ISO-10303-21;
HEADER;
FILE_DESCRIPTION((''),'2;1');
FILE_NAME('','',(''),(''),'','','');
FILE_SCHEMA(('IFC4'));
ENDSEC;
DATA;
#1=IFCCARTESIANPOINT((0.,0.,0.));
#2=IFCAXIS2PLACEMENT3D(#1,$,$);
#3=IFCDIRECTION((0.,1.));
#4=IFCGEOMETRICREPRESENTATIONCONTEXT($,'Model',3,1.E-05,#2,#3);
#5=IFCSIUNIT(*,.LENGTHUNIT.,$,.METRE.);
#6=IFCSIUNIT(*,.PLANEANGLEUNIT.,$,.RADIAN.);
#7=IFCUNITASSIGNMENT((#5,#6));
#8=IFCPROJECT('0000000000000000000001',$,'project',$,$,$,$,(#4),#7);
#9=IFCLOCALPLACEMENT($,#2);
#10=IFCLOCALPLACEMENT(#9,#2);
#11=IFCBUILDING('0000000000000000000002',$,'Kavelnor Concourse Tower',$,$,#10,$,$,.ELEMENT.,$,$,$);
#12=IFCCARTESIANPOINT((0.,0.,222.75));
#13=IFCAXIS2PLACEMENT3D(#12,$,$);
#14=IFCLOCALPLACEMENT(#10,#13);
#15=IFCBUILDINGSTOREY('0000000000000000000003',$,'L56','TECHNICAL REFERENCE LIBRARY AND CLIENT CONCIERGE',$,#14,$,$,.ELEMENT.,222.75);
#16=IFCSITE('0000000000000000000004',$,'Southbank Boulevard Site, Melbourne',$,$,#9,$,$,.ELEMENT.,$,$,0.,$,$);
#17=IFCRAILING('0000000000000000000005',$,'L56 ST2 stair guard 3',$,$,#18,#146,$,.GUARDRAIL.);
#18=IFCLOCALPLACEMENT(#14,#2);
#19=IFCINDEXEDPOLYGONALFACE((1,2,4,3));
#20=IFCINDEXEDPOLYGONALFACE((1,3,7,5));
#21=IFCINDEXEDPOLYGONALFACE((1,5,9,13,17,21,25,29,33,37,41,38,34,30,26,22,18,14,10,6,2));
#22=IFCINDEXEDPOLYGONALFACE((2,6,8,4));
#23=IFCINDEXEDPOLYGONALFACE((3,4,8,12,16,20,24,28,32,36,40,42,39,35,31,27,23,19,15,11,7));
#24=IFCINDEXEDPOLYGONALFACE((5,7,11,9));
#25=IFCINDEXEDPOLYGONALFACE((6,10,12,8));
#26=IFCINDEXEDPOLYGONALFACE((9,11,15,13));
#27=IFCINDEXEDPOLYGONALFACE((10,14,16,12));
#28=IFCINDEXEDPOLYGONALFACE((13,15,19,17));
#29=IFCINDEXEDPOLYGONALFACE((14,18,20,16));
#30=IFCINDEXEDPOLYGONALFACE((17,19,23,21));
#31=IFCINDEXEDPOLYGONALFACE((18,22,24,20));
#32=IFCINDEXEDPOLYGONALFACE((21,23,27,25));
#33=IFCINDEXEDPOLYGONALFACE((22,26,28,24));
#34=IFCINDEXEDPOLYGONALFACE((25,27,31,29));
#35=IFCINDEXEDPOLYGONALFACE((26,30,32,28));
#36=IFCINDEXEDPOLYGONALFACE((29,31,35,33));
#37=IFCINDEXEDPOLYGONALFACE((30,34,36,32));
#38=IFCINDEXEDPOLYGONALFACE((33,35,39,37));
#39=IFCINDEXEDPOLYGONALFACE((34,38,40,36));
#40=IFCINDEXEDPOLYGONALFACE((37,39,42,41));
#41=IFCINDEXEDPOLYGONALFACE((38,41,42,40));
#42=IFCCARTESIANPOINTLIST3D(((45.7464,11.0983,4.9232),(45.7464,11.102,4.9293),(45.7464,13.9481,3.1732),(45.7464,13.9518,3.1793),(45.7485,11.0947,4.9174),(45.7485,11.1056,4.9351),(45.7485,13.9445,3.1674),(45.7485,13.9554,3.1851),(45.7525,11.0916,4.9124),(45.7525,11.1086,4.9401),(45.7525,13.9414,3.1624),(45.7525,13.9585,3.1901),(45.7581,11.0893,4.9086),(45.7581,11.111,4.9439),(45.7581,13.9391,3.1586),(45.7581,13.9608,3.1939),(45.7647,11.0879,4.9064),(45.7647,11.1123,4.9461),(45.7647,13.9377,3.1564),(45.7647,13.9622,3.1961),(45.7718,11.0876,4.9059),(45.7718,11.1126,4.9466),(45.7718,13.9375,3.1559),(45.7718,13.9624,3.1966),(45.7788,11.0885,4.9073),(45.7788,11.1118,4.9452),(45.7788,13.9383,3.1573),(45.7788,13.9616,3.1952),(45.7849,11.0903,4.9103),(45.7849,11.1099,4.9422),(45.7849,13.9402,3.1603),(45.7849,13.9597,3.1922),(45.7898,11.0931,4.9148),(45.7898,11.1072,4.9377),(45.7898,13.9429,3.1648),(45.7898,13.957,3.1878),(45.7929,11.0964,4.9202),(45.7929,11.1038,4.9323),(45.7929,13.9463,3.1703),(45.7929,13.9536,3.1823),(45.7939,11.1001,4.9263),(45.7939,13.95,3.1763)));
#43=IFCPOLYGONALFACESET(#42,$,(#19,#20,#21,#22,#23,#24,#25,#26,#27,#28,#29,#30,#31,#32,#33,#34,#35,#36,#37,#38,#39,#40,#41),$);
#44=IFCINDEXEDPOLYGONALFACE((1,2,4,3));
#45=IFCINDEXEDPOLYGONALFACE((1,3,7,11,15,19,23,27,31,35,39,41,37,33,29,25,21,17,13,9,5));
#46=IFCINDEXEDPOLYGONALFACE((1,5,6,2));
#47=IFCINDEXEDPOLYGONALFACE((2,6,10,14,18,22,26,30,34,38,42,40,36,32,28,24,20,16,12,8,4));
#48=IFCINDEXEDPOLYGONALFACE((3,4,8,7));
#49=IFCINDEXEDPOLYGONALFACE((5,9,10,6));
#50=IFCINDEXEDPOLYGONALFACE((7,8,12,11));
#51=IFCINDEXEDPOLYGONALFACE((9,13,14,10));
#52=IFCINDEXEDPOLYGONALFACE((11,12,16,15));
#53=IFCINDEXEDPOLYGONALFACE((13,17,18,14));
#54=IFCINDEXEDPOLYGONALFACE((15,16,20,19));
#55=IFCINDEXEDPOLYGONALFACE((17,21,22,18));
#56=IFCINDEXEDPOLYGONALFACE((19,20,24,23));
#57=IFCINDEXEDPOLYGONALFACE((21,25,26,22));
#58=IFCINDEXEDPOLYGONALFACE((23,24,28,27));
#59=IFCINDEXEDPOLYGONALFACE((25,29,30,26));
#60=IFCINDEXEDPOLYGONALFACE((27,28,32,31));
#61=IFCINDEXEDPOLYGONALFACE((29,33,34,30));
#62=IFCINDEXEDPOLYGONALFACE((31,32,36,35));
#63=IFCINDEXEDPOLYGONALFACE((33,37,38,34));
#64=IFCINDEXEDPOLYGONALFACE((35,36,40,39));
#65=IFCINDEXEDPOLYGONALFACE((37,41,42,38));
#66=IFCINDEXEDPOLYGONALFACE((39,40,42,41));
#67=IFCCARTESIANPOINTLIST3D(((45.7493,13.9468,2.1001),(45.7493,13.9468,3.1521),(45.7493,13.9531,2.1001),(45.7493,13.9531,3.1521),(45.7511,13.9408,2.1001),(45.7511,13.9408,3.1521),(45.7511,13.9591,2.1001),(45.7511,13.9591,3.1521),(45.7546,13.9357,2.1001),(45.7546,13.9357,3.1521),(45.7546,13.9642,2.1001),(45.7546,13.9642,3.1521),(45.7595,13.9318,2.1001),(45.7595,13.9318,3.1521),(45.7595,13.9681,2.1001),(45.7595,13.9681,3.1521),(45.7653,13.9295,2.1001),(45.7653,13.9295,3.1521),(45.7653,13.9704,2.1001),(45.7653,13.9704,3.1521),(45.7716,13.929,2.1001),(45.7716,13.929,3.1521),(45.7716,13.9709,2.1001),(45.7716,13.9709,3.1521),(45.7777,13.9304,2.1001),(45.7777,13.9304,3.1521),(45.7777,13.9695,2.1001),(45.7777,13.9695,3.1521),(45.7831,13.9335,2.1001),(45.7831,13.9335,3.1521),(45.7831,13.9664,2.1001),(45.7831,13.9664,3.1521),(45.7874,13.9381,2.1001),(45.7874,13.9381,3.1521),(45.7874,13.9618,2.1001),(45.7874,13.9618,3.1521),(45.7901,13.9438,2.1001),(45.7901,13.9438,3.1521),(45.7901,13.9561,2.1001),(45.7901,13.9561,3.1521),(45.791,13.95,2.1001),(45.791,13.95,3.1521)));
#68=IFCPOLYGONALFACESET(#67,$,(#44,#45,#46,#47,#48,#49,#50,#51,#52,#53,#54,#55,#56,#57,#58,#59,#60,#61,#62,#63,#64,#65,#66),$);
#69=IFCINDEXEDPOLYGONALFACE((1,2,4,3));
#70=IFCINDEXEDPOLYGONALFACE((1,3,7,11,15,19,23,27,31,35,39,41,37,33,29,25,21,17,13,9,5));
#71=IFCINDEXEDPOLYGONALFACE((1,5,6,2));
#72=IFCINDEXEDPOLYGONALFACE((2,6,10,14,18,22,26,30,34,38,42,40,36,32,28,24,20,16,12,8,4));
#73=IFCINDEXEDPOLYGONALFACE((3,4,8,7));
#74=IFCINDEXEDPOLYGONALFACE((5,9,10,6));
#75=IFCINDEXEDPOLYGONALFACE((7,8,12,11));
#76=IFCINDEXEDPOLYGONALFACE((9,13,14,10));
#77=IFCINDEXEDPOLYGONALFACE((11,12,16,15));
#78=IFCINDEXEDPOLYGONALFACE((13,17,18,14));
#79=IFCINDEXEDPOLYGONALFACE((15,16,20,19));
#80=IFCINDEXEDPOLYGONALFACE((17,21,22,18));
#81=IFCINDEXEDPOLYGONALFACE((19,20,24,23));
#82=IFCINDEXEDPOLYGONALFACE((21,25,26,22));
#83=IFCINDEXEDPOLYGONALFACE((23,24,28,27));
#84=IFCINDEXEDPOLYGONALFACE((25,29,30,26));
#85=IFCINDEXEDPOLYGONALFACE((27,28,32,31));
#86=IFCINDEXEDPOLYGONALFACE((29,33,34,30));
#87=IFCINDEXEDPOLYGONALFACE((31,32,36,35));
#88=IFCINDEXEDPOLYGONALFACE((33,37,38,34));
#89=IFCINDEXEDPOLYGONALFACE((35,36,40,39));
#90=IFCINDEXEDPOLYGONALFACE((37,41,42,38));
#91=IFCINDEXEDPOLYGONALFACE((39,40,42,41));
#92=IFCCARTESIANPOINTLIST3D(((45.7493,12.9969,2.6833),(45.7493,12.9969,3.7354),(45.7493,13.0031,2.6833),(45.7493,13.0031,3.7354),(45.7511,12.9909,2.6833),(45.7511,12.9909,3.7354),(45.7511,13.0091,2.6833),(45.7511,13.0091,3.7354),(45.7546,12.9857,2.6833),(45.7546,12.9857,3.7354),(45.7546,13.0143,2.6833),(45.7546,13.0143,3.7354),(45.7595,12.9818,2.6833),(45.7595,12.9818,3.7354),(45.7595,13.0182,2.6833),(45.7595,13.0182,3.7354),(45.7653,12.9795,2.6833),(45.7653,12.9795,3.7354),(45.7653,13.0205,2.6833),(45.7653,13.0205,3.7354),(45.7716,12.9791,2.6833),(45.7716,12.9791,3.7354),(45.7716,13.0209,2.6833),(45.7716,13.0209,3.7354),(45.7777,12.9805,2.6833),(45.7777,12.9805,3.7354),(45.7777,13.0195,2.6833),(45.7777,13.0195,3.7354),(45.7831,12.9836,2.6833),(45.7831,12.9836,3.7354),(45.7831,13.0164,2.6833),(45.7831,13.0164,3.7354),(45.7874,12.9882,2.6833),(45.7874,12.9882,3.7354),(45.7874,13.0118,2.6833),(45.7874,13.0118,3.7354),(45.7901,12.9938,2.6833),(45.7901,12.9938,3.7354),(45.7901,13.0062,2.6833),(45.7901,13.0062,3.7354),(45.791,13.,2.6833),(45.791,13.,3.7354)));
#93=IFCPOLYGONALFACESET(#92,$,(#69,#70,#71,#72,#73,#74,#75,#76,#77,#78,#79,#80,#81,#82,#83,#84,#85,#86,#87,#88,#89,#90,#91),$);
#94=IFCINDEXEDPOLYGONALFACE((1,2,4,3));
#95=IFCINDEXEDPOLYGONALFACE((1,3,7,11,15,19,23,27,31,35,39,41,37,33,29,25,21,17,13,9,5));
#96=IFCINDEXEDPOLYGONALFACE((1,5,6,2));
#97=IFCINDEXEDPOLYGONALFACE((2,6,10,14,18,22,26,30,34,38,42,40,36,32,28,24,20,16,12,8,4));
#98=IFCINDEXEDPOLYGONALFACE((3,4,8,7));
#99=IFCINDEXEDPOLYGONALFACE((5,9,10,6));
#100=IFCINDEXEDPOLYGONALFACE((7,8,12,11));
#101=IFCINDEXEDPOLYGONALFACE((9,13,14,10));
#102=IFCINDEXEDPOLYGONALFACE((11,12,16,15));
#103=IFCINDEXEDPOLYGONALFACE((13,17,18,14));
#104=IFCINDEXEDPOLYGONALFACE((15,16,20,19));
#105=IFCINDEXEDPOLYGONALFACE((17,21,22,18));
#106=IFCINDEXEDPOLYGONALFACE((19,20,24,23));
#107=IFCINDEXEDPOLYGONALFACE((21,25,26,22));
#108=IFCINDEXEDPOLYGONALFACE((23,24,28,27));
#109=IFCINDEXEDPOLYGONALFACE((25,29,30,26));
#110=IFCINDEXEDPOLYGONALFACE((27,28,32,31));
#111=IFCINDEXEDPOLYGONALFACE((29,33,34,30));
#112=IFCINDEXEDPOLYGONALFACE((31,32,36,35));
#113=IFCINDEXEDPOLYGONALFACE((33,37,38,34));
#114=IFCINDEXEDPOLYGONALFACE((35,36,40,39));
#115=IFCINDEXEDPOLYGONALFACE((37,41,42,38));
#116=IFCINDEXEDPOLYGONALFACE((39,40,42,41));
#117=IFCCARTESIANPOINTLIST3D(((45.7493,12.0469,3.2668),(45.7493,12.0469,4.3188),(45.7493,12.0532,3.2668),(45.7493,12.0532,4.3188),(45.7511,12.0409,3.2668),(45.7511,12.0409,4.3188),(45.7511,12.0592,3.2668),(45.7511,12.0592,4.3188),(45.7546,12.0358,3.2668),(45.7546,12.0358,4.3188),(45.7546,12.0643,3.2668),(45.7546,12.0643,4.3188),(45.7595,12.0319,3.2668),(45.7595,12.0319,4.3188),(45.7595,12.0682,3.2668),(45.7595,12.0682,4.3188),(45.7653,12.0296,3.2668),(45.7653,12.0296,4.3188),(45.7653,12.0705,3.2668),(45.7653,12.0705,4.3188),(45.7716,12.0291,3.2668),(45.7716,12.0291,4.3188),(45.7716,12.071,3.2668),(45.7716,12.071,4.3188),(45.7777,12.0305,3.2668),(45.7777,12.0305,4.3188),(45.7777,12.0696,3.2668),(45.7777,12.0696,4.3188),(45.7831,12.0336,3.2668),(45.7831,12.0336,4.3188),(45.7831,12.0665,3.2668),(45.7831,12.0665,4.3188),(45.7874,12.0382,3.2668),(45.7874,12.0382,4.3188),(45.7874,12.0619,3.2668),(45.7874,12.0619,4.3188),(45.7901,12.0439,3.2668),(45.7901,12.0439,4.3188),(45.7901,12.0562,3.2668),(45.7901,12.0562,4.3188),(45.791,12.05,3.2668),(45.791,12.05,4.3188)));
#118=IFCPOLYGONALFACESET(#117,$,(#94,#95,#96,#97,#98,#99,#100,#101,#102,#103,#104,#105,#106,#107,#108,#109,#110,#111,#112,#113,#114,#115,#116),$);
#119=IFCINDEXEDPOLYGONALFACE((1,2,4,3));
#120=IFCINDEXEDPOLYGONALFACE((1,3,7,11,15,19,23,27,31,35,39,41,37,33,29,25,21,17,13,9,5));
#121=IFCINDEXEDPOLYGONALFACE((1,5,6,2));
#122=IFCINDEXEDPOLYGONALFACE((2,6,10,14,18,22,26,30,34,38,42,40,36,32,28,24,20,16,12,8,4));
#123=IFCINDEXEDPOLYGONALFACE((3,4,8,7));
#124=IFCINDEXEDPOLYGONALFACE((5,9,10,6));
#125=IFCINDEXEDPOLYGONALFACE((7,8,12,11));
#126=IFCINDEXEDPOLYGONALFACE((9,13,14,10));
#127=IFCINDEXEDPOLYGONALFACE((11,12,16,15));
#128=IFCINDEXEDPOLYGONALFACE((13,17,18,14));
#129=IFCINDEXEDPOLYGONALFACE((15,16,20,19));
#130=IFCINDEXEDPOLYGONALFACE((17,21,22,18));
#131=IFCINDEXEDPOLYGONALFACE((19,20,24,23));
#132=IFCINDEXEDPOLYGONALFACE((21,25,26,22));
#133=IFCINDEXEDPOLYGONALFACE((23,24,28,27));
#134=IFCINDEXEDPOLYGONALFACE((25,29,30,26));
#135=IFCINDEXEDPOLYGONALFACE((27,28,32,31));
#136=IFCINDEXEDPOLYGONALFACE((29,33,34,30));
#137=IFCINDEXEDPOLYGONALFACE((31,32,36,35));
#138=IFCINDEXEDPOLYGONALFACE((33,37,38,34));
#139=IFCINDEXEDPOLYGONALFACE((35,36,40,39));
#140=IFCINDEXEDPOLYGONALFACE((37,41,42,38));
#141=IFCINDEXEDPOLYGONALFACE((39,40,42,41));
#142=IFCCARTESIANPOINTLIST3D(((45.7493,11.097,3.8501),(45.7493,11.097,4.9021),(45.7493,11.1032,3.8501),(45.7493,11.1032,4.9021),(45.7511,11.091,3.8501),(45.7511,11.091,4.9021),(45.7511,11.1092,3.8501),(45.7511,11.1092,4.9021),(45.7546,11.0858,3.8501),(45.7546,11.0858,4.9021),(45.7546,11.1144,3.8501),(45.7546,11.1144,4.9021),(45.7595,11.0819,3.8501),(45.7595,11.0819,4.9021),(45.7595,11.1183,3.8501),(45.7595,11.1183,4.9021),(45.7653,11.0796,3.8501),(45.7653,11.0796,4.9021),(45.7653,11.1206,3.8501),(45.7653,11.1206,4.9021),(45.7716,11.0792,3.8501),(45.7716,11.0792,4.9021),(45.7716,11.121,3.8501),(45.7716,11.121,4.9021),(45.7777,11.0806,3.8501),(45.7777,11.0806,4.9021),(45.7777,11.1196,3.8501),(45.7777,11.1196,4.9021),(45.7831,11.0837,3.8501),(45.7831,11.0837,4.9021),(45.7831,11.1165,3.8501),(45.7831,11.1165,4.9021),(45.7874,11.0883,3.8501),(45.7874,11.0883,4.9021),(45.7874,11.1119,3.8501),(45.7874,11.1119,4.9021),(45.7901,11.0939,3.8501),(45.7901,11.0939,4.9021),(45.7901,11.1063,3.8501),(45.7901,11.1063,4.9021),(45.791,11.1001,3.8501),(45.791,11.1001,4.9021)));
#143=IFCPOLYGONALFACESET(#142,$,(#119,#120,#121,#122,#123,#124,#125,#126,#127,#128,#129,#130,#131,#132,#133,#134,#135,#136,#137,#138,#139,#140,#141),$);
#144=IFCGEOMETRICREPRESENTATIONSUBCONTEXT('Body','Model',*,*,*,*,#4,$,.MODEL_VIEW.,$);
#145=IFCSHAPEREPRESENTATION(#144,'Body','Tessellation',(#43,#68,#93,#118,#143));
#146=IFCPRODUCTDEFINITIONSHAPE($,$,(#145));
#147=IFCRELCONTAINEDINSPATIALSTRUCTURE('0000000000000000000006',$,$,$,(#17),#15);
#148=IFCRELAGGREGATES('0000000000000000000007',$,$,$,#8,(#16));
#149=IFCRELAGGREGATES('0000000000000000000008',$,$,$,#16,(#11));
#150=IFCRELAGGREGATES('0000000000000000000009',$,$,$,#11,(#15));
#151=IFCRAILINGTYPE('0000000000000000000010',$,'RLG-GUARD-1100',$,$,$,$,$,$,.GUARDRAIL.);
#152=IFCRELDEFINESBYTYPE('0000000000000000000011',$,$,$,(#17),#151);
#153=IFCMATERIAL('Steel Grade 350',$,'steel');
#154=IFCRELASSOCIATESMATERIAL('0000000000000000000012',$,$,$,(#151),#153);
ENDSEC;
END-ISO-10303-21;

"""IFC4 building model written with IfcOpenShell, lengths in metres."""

from ifc_helpers import new_model, si_unit, direction, frame, origin, origin_2d, place, context, subcontext, project, spatial, circle, extrude, material, type_object, element, save


model = new_model("IFC4")

# Units and contexts
model_context = context("Model", 3, precision=1e-05, world=origin(), true_north=direction((0.0, 1.0)))
body_context = subcontext(model_context, "Body", "Model", "MODEL_VIEW")
ifc_project = project(units=[si_unit("LENGTHUNIT", "METRE"), si_unit("PLANEANGLEUNIT", "RADIAN")], contexts=[model_context])

# Site, building, storey
site_placement = place(None, origin())
site = spatial("IfcSite", under=ifc_project, at=site_placement, Name="Southbank Boulevard Site, Melbourne", CompositionType="ELEMENT", RefElevation=0.0)
building_placement = place(site_placement, origin())
building = spatial("IfcBuilding", under=site, at=building_placement, Name="Kavelnor Concourse Tower", CompositionType="ELEMENT")
storey_placement = place(building_placement, frame((0.0, 0.0, 222.75)))
storey = spatial("IfcBuildingStorey", under=building, at=storey_placement, Name="L56", Description="TECHNICAL REFERENCE LIBRARY AND CLIENT CONCIERGE", CompositionType="ELEMENT", Elevation=222.75)

# Shared definitions
ifc_material_1 = material(Name="Steel Grade 350", Category="steel")

# Railing
railing_type_1 = type_object("IfcRailingType", Name="RLG-GUARD-1100", PredefinedType="GUARDRAIL", material=ifc_material_1)
railing_1_placement = place(storey_placement, frame((45.77, 13.95, 2.1001)))
element("IfcRailing", 1, at=railing_1_placement, inside=storey, type_object=railing_type_1, Name="L56 ST2 stair guard 3", PredefinedType="GUARDRAIL", context=body_context, shape_type="SweptSolid", body=[
    extrude(circle(Radius=0.0239, at=origin_2d()), frame((0.0, 0.0, 1.0762), z_axis=(0.0, -0.852159, 0.523283), x_axis=(1.0, 0.0, 0.0)), (0.0, 0.0, 1.0), 3.3442),
    extrude(circle(Radius=0.021, at=origin_2d()), origin(), (0.0, 0.0, 1.0), 1.052),
    extrude(circle(Radius=0.021, at=origin_2d()), frame((0.0, -0.95, 0.5833)), (0.0, 0.0, 1.0), 1.052),
    extrude(circle(Radius=0.021, at=origin_2d()), frame((0.0, -1.8999, 1.1667)), (0.0, 0.0, 1.0), 1.052),
    extrude(circle(Radius=0.021, at=origin_2d()), frame((0.0, -2.8499, 1.75)), (0.0, 0.0, 1.0), 1.052),
])

save(model, "model.ifc")
